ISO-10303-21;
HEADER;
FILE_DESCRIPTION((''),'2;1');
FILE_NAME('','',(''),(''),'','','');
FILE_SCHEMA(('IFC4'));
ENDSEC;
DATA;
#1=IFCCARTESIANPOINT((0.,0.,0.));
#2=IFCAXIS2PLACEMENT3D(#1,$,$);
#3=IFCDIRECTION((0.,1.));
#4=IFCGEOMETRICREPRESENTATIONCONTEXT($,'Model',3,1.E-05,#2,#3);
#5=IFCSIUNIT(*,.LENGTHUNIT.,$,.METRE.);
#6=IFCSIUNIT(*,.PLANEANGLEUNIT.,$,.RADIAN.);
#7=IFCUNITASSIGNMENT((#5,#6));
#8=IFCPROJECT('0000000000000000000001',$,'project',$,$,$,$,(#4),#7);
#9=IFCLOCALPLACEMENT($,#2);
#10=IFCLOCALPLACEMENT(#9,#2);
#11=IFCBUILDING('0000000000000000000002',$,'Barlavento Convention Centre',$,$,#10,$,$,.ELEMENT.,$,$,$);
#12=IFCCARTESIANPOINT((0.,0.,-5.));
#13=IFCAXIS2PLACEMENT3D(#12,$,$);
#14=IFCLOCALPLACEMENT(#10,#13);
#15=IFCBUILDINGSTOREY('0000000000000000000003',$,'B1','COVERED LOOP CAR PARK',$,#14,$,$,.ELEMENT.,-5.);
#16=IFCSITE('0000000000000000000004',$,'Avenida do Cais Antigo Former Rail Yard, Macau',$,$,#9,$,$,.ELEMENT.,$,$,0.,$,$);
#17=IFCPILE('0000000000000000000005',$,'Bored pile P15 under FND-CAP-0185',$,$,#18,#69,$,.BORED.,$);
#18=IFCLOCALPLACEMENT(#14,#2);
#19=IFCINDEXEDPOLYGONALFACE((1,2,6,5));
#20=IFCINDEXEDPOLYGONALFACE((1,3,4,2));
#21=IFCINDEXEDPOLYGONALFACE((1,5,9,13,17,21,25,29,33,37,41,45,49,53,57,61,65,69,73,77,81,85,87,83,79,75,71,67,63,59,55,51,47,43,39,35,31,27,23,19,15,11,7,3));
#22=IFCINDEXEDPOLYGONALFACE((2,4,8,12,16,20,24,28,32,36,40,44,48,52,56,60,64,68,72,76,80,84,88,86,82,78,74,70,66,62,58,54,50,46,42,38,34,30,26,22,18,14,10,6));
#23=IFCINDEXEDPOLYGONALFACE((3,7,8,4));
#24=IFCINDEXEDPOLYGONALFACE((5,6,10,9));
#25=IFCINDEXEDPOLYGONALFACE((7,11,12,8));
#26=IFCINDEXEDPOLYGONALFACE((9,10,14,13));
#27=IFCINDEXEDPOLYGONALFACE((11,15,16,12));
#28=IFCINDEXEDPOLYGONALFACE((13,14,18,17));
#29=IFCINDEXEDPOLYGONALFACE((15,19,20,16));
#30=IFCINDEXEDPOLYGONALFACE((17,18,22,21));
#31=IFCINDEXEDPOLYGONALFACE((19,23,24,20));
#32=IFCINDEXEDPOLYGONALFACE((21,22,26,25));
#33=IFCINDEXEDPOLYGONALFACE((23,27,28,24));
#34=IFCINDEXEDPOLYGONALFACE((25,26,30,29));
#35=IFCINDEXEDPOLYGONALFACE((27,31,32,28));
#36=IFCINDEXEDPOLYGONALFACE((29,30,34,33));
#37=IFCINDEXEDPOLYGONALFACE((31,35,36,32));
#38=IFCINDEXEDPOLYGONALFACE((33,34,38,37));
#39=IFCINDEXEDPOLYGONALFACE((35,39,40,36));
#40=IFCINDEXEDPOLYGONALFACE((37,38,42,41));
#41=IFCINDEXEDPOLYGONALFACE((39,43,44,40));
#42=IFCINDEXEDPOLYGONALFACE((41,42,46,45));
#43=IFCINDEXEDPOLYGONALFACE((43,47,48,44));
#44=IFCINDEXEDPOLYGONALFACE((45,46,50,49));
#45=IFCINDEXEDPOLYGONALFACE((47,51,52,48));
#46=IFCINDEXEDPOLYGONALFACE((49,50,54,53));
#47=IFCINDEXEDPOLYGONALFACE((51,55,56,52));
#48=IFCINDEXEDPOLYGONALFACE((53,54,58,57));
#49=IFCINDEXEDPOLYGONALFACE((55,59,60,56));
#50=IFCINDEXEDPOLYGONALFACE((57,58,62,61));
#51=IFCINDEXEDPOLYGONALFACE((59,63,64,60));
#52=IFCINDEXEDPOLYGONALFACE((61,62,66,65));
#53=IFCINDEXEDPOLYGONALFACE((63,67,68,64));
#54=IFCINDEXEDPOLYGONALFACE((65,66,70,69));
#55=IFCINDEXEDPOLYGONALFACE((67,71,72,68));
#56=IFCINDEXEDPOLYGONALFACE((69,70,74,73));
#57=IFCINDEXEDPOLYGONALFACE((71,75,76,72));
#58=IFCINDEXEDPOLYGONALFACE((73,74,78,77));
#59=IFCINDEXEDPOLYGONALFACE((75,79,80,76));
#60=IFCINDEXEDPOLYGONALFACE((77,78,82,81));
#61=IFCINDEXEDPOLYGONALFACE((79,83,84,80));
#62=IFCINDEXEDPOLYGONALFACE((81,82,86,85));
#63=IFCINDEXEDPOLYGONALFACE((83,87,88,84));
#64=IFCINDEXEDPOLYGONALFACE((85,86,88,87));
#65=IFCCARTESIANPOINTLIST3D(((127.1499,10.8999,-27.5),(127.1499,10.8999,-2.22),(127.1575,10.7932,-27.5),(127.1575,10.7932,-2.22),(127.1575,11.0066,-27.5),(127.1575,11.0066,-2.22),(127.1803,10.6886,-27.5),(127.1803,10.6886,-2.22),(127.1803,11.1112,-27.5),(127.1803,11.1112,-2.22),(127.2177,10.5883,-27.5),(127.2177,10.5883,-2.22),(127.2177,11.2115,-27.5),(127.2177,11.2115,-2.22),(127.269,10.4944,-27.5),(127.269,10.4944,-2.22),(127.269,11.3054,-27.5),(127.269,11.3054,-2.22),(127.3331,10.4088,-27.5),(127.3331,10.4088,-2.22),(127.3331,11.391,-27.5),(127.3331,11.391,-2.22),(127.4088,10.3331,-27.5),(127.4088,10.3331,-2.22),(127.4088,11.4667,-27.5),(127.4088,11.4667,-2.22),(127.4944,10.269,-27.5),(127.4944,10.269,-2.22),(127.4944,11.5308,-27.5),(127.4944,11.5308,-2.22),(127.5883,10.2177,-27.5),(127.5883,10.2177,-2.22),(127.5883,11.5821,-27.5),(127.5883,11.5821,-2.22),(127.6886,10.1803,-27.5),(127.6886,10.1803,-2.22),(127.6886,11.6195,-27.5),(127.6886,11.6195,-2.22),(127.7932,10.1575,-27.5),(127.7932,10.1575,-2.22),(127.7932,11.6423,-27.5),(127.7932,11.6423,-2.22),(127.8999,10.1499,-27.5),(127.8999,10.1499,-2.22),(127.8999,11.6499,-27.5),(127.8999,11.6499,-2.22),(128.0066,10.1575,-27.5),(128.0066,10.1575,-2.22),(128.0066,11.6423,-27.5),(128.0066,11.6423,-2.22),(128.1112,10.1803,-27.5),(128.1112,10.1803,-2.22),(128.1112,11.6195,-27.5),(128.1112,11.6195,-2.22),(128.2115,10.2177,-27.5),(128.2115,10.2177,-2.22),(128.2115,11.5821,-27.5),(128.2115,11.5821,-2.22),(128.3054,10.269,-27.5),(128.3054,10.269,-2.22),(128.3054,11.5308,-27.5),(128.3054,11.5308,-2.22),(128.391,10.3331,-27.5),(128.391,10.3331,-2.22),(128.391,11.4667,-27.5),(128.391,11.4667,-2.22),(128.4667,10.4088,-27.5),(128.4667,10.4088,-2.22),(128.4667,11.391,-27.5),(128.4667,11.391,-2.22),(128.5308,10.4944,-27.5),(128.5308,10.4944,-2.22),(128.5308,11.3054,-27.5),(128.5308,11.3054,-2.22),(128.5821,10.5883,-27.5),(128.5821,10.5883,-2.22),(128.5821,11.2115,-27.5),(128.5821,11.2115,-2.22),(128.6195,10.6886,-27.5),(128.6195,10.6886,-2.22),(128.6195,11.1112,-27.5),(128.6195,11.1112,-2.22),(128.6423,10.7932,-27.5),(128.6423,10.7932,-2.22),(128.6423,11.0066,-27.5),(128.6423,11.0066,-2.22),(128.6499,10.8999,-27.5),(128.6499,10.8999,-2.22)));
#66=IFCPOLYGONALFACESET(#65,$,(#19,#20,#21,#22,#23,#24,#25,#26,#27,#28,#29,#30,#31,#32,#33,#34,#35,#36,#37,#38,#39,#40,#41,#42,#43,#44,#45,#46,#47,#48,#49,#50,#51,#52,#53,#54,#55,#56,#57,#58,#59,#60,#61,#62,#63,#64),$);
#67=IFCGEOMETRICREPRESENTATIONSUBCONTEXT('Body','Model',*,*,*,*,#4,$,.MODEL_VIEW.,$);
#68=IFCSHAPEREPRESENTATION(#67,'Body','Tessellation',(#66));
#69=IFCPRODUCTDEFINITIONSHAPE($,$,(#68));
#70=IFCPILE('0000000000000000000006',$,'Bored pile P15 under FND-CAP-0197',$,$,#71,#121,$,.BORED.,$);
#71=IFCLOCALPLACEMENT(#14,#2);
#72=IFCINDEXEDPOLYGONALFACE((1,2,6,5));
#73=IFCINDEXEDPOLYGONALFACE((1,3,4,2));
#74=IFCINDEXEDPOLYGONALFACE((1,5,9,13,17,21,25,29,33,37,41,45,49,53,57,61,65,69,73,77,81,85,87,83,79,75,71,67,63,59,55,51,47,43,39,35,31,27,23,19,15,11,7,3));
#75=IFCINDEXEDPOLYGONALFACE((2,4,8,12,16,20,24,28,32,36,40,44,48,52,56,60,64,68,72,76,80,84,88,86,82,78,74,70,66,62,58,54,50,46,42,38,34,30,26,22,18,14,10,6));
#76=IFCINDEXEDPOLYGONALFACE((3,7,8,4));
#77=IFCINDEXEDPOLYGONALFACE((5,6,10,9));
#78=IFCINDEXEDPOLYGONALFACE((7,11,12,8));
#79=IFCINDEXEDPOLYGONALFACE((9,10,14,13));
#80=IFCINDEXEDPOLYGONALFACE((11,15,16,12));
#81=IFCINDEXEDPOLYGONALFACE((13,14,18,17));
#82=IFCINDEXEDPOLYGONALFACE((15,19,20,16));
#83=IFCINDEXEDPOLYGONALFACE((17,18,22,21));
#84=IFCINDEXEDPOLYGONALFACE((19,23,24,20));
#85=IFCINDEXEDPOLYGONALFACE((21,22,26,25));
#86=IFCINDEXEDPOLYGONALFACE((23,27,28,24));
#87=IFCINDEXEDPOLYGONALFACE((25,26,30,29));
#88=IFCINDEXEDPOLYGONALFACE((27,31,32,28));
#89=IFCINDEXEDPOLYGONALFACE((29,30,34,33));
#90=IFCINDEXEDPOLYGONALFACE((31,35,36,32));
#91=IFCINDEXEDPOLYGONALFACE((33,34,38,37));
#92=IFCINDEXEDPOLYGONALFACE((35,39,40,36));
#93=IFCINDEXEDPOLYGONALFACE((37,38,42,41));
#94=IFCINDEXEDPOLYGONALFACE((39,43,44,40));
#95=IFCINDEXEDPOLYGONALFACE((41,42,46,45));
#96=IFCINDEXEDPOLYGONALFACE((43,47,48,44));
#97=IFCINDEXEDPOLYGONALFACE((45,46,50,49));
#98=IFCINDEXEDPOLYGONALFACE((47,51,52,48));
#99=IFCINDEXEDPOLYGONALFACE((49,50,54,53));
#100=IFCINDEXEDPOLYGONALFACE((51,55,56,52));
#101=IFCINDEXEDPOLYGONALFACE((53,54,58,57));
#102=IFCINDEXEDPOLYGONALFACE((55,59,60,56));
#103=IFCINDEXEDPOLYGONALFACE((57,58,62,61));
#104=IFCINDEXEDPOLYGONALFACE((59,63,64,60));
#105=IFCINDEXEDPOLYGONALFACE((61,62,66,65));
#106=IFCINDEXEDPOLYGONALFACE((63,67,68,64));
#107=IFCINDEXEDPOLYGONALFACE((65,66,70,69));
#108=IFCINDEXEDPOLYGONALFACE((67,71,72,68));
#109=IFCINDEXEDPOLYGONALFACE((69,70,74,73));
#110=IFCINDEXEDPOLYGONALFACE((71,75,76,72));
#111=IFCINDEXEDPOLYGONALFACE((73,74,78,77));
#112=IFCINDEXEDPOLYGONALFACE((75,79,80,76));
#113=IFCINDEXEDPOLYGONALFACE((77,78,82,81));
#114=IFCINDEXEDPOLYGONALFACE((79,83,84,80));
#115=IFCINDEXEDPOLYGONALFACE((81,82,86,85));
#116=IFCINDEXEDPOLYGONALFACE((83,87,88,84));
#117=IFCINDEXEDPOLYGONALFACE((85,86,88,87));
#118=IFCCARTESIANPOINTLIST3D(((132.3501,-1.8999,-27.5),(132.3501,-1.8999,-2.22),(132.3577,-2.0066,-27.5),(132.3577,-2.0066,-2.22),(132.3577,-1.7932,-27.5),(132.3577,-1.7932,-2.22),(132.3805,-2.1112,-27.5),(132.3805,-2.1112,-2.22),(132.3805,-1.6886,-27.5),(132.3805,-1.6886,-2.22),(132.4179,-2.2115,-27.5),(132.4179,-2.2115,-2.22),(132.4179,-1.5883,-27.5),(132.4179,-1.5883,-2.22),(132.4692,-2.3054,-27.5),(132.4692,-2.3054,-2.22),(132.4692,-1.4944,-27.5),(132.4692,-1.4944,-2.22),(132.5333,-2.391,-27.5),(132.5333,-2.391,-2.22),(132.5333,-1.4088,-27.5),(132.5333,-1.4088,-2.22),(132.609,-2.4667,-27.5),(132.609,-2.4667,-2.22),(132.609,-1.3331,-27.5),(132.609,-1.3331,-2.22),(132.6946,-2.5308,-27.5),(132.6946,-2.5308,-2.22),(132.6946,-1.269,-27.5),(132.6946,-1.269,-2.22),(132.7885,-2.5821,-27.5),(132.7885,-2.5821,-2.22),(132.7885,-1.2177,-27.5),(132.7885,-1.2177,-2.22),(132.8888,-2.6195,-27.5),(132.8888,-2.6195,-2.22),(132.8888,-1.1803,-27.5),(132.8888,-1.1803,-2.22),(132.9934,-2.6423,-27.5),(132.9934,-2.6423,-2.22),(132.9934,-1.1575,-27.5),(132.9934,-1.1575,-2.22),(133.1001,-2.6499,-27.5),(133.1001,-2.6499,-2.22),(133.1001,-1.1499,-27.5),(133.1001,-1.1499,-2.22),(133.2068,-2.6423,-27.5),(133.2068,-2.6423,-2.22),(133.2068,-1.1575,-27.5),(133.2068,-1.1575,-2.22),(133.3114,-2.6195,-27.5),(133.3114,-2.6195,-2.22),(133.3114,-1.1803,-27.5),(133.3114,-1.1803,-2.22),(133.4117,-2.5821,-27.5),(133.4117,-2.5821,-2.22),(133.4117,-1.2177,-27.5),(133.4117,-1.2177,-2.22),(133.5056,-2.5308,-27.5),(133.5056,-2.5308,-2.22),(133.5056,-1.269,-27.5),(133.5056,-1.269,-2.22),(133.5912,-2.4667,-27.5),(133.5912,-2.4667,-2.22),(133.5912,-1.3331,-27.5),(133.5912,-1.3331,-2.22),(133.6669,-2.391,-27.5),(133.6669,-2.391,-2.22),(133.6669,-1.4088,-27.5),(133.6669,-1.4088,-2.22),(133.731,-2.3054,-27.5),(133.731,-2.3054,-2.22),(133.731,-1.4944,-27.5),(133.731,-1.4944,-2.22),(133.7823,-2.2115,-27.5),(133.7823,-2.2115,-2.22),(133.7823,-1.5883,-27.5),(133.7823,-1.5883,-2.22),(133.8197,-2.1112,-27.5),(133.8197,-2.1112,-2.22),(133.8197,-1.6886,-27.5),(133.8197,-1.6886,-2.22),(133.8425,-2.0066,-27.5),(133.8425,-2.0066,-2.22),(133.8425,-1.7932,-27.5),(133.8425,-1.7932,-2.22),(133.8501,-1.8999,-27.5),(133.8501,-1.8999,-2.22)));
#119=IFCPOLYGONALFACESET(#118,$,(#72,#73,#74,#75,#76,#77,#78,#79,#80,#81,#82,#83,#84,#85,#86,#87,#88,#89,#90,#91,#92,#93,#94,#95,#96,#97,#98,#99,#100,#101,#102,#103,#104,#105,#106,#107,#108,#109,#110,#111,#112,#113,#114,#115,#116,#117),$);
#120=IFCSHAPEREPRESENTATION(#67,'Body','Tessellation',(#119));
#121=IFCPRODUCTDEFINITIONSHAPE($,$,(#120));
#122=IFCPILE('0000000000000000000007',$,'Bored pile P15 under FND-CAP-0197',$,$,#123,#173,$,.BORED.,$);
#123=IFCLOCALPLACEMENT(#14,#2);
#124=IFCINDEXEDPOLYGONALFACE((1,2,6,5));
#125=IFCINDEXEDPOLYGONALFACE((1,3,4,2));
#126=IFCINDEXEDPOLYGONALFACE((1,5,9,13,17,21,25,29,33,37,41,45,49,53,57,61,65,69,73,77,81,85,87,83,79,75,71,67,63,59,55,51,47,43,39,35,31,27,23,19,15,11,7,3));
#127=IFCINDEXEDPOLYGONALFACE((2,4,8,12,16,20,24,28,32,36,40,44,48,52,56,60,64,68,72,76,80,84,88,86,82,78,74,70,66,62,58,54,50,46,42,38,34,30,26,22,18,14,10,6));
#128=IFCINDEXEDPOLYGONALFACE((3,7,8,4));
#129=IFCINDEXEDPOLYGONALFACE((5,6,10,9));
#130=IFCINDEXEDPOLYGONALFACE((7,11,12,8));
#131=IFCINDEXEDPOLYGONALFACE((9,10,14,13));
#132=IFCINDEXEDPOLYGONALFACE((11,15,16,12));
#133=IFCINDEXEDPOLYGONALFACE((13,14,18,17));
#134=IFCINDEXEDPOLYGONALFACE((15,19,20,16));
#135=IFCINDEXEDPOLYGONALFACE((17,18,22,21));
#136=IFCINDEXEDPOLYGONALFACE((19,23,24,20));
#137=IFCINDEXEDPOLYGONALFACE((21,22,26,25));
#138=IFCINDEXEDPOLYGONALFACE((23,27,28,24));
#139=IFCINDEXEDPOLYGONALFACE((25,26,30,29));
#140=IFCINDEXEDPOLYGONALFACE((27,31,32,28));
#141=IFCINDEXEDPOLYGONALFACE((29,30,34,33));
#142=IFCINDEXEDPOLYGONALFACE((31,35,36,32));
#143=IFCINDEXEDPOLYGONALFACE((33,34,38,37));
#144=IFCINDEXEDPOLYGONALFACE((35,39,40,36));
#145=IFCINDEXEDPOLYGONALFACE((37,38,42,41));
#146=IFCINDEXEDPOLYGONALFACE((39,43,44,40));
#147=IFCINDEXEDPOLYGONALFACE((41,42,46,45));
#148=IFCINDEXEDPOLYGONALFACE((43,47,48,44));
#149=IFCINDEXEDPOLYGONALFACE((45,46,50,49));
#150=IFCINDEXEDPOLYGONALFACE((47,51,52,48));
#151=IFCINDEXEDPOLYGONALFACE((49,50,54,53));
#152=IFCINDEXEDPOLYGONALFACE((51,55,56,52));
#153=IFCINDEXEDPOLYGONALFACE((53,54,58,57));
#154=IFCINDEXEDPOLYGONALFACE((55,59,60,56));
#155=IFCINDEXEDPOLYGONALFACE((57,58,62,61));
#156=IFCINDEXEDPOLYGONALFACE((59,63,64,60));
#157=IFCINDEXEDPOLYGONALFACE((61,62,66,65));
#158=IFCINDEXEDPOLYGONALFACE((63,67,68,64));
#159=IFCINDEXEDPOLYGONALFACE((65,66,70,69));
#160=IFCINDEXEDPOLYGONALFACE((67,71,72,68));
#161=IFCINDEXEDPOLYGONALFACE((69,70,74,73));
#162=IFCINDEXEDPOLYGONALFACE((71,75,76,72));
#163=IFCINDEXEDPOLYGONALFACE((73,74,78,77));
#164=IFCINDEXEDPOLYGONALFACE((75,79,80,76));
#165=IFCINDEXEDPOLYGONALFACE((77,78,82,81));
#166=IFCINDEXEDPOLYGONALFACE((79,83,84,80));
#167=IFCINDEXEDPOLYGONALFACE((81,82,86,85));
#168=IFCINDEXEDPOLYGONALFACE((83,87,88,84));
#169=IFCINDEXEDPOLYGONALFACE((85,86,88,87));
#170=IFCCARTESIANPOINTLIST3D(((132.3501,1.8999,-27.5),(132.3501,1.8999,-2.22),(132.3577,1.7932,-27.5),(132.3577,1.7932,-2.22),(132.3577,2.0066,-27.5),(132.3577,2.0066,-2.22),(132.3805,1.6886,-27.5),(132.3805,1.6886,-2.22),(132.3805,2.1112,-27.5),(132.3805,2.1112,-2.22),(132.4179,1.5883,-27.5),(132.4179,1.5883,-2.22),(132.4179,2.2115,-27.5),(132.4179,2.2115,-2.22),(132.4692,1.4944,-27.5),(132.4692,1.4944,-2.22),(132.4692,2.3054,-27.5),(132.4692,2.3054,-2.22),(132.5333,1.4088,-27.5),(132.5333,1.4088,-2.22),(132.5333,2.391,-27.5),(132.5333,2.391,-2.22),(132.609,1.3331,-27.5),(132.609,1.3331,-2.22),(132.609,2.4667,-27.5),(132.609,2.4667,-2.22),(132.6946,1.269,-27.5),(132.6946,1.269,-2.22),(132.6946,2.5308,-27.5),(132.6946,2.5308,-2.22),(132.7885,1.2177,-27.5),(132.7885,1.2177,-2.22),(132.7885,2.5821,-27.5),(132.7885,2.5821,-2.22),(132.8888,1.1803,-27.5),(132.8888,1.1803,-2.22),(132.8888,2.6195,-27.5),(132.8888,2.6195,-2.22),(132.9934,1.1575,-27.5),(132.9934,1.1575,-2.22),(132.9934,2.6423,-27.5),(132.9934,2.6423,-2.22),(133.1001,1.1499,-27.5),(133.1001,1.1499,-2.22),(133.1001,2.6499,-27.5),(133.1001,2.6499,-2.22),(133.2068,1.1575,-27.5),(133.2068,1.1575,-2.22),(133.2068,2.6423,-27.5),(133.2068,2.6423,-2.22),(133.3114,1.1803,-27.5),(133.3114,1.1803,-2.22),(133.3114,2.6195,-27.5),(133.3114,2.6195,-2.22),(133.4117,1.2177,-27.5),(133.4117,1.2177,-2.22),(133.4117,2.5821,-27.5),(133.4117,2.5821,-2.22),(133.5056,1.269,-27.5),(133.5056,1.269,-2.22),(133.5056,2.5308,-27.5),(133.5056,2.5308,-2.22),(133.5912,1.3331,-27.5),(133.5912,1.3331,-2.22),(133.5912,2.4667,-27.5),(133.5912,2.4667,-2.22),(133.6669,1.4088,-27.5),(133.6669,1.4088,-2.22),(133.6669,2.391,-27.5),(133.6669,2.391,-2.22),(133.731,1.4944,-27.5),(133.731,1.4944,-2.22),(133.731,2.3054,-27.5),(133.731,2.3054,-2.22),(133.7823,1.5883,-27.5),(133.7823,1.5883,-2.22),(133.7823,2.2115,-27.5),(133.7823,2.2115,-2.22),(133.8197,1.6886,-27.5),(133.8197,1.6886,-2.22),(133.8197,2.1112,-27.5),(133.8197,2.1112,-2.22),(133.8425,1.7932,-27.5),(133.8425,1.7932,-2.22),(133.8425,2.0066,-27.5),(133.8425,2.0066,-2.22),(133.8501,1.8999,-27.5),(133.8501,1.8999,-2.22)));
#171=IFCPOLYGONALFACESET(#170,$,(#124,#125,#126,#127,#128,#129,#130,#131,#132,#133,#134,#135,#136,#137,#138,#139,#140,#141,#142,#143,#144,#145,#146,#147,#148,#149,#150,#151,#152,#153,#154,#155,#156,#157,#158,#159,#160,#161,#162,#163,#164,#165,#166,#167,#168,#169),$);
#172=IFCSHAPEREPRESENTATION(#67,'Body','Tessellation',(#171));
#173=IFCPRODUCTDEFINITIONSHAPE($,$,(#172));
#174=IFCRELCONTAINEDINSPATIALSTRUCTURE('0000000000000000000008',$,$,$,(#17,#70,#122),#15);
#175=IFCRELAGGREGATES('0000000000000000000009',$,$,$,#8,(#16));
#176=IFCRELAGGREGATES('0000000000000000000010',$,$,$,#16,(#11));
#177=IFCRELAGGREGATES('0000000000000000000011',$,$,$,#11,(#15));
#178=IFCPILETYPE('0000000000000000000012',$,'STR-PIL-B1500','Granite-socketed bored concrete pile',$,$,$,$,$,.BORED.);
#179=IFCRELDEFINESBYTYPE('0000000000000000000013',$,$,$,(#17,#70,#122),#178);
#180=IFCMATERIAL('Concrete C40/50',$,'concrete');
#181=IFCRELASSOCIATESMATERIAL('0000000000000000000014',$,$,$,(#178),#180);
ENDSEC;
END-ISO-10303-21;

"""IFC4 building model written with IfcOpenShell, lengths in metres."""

from ifc_helpers import new_model, si_unit, direction, frame, origin, origin_2d, place, context, subcontext, project, spatial, circle, extrude, material, material_profile, profile_set, type_object, element, save


model = new_model("IFC4")

# Units and contexts
model_context = context("Model", 3, precision=1e-05, world=origin(), true_north=direction((0.0, 1.0)))
body_context = subcontext(model_context, "Body", "Model", "MODEL_VIEW")
ifc_project = project(units=[si_unit("LENGTHUNIT", "METRE"), si_unit("PLANEANGLEUNIT", "RADIAN")], contexts=[model_context])

# Site, building, storey
site_placement = place(None, origin())
site = spatial("IfcSite", under=ifc_project, at=site_placement, Name="Avenida do Cais Antigo Former Rail Yard, Macau", CompositionType="ELEMENT", RefElevation=0.0)
building_placement = place(site_placement, origin())
building = spatial("IfcBuilding", under=site, at=building_placement, Name="Barlavento Convention Centre", CompositionType="ELEMENT")
storey_placement = place(building_placement, frame((0.0, 0.0, -5.0)))
storey = spatial("IfcBuildingStorey", under=building, at=storey_placement, Name="B1", Description="COVERED LOOP CAR PARK", CompositionType="ELEMENT", Elevation=-5.0)

# Shared definitions
ifc_material_1 = material(Name="Concrete C40/50", Category="concrete")

# Piles
ifc_material_profile_1 = material_profile(ifc_material_1, circle(Radius=0.75, at=origin_2d()), Name="BORED PILE 1500")
ifc_profile_set_1 = profile_set([ifc_material_profile_1], Name="Concrete C40/50")
pile_type_1 = type_object("IfcPileType", Name="STR-PIL-B1500", Description="Granite-socketed bored concrete pile", PredefinedType="BORED", material=ifc_profile_set_1)
for number, where, z_axis, x_axis, name in (
    (1, (127.8999, 10.8999, -2.22), (0.0, 0.0, -1.0), (1.0, 0.0, 0.0), "Bored pile P15 under FND-CAP-0185"),
    (2, (133.1001, -1.8999, -2.22), (0.0, 0.0, -1.0), (1.0, 0.0, 0.0), "Bored pile P15 under FND-CAP-0197"),
    (3, (133.1001, 1.8999, -2.22), (0.0, 0.0, -1.0), (1.0, 0.0, 0.0), "Bored pile P15 under FND-CAP-0197"),
):
    element("IfcPile", number, at=place(storey_placement, frame(where, z_axis=z_axis, x_axis=x_axis)), inside=storey, type_object=pile_type_1, Name=name, PredefinedType="BORED", context=body_context, shape_type="SweptSolid", body=[
        extrude(circle(Radius=0.75, at=origin_2d()), origin(), (0.0, 0.0, 1.0), 25.28),
    ])

save(model, "model.ifc")
